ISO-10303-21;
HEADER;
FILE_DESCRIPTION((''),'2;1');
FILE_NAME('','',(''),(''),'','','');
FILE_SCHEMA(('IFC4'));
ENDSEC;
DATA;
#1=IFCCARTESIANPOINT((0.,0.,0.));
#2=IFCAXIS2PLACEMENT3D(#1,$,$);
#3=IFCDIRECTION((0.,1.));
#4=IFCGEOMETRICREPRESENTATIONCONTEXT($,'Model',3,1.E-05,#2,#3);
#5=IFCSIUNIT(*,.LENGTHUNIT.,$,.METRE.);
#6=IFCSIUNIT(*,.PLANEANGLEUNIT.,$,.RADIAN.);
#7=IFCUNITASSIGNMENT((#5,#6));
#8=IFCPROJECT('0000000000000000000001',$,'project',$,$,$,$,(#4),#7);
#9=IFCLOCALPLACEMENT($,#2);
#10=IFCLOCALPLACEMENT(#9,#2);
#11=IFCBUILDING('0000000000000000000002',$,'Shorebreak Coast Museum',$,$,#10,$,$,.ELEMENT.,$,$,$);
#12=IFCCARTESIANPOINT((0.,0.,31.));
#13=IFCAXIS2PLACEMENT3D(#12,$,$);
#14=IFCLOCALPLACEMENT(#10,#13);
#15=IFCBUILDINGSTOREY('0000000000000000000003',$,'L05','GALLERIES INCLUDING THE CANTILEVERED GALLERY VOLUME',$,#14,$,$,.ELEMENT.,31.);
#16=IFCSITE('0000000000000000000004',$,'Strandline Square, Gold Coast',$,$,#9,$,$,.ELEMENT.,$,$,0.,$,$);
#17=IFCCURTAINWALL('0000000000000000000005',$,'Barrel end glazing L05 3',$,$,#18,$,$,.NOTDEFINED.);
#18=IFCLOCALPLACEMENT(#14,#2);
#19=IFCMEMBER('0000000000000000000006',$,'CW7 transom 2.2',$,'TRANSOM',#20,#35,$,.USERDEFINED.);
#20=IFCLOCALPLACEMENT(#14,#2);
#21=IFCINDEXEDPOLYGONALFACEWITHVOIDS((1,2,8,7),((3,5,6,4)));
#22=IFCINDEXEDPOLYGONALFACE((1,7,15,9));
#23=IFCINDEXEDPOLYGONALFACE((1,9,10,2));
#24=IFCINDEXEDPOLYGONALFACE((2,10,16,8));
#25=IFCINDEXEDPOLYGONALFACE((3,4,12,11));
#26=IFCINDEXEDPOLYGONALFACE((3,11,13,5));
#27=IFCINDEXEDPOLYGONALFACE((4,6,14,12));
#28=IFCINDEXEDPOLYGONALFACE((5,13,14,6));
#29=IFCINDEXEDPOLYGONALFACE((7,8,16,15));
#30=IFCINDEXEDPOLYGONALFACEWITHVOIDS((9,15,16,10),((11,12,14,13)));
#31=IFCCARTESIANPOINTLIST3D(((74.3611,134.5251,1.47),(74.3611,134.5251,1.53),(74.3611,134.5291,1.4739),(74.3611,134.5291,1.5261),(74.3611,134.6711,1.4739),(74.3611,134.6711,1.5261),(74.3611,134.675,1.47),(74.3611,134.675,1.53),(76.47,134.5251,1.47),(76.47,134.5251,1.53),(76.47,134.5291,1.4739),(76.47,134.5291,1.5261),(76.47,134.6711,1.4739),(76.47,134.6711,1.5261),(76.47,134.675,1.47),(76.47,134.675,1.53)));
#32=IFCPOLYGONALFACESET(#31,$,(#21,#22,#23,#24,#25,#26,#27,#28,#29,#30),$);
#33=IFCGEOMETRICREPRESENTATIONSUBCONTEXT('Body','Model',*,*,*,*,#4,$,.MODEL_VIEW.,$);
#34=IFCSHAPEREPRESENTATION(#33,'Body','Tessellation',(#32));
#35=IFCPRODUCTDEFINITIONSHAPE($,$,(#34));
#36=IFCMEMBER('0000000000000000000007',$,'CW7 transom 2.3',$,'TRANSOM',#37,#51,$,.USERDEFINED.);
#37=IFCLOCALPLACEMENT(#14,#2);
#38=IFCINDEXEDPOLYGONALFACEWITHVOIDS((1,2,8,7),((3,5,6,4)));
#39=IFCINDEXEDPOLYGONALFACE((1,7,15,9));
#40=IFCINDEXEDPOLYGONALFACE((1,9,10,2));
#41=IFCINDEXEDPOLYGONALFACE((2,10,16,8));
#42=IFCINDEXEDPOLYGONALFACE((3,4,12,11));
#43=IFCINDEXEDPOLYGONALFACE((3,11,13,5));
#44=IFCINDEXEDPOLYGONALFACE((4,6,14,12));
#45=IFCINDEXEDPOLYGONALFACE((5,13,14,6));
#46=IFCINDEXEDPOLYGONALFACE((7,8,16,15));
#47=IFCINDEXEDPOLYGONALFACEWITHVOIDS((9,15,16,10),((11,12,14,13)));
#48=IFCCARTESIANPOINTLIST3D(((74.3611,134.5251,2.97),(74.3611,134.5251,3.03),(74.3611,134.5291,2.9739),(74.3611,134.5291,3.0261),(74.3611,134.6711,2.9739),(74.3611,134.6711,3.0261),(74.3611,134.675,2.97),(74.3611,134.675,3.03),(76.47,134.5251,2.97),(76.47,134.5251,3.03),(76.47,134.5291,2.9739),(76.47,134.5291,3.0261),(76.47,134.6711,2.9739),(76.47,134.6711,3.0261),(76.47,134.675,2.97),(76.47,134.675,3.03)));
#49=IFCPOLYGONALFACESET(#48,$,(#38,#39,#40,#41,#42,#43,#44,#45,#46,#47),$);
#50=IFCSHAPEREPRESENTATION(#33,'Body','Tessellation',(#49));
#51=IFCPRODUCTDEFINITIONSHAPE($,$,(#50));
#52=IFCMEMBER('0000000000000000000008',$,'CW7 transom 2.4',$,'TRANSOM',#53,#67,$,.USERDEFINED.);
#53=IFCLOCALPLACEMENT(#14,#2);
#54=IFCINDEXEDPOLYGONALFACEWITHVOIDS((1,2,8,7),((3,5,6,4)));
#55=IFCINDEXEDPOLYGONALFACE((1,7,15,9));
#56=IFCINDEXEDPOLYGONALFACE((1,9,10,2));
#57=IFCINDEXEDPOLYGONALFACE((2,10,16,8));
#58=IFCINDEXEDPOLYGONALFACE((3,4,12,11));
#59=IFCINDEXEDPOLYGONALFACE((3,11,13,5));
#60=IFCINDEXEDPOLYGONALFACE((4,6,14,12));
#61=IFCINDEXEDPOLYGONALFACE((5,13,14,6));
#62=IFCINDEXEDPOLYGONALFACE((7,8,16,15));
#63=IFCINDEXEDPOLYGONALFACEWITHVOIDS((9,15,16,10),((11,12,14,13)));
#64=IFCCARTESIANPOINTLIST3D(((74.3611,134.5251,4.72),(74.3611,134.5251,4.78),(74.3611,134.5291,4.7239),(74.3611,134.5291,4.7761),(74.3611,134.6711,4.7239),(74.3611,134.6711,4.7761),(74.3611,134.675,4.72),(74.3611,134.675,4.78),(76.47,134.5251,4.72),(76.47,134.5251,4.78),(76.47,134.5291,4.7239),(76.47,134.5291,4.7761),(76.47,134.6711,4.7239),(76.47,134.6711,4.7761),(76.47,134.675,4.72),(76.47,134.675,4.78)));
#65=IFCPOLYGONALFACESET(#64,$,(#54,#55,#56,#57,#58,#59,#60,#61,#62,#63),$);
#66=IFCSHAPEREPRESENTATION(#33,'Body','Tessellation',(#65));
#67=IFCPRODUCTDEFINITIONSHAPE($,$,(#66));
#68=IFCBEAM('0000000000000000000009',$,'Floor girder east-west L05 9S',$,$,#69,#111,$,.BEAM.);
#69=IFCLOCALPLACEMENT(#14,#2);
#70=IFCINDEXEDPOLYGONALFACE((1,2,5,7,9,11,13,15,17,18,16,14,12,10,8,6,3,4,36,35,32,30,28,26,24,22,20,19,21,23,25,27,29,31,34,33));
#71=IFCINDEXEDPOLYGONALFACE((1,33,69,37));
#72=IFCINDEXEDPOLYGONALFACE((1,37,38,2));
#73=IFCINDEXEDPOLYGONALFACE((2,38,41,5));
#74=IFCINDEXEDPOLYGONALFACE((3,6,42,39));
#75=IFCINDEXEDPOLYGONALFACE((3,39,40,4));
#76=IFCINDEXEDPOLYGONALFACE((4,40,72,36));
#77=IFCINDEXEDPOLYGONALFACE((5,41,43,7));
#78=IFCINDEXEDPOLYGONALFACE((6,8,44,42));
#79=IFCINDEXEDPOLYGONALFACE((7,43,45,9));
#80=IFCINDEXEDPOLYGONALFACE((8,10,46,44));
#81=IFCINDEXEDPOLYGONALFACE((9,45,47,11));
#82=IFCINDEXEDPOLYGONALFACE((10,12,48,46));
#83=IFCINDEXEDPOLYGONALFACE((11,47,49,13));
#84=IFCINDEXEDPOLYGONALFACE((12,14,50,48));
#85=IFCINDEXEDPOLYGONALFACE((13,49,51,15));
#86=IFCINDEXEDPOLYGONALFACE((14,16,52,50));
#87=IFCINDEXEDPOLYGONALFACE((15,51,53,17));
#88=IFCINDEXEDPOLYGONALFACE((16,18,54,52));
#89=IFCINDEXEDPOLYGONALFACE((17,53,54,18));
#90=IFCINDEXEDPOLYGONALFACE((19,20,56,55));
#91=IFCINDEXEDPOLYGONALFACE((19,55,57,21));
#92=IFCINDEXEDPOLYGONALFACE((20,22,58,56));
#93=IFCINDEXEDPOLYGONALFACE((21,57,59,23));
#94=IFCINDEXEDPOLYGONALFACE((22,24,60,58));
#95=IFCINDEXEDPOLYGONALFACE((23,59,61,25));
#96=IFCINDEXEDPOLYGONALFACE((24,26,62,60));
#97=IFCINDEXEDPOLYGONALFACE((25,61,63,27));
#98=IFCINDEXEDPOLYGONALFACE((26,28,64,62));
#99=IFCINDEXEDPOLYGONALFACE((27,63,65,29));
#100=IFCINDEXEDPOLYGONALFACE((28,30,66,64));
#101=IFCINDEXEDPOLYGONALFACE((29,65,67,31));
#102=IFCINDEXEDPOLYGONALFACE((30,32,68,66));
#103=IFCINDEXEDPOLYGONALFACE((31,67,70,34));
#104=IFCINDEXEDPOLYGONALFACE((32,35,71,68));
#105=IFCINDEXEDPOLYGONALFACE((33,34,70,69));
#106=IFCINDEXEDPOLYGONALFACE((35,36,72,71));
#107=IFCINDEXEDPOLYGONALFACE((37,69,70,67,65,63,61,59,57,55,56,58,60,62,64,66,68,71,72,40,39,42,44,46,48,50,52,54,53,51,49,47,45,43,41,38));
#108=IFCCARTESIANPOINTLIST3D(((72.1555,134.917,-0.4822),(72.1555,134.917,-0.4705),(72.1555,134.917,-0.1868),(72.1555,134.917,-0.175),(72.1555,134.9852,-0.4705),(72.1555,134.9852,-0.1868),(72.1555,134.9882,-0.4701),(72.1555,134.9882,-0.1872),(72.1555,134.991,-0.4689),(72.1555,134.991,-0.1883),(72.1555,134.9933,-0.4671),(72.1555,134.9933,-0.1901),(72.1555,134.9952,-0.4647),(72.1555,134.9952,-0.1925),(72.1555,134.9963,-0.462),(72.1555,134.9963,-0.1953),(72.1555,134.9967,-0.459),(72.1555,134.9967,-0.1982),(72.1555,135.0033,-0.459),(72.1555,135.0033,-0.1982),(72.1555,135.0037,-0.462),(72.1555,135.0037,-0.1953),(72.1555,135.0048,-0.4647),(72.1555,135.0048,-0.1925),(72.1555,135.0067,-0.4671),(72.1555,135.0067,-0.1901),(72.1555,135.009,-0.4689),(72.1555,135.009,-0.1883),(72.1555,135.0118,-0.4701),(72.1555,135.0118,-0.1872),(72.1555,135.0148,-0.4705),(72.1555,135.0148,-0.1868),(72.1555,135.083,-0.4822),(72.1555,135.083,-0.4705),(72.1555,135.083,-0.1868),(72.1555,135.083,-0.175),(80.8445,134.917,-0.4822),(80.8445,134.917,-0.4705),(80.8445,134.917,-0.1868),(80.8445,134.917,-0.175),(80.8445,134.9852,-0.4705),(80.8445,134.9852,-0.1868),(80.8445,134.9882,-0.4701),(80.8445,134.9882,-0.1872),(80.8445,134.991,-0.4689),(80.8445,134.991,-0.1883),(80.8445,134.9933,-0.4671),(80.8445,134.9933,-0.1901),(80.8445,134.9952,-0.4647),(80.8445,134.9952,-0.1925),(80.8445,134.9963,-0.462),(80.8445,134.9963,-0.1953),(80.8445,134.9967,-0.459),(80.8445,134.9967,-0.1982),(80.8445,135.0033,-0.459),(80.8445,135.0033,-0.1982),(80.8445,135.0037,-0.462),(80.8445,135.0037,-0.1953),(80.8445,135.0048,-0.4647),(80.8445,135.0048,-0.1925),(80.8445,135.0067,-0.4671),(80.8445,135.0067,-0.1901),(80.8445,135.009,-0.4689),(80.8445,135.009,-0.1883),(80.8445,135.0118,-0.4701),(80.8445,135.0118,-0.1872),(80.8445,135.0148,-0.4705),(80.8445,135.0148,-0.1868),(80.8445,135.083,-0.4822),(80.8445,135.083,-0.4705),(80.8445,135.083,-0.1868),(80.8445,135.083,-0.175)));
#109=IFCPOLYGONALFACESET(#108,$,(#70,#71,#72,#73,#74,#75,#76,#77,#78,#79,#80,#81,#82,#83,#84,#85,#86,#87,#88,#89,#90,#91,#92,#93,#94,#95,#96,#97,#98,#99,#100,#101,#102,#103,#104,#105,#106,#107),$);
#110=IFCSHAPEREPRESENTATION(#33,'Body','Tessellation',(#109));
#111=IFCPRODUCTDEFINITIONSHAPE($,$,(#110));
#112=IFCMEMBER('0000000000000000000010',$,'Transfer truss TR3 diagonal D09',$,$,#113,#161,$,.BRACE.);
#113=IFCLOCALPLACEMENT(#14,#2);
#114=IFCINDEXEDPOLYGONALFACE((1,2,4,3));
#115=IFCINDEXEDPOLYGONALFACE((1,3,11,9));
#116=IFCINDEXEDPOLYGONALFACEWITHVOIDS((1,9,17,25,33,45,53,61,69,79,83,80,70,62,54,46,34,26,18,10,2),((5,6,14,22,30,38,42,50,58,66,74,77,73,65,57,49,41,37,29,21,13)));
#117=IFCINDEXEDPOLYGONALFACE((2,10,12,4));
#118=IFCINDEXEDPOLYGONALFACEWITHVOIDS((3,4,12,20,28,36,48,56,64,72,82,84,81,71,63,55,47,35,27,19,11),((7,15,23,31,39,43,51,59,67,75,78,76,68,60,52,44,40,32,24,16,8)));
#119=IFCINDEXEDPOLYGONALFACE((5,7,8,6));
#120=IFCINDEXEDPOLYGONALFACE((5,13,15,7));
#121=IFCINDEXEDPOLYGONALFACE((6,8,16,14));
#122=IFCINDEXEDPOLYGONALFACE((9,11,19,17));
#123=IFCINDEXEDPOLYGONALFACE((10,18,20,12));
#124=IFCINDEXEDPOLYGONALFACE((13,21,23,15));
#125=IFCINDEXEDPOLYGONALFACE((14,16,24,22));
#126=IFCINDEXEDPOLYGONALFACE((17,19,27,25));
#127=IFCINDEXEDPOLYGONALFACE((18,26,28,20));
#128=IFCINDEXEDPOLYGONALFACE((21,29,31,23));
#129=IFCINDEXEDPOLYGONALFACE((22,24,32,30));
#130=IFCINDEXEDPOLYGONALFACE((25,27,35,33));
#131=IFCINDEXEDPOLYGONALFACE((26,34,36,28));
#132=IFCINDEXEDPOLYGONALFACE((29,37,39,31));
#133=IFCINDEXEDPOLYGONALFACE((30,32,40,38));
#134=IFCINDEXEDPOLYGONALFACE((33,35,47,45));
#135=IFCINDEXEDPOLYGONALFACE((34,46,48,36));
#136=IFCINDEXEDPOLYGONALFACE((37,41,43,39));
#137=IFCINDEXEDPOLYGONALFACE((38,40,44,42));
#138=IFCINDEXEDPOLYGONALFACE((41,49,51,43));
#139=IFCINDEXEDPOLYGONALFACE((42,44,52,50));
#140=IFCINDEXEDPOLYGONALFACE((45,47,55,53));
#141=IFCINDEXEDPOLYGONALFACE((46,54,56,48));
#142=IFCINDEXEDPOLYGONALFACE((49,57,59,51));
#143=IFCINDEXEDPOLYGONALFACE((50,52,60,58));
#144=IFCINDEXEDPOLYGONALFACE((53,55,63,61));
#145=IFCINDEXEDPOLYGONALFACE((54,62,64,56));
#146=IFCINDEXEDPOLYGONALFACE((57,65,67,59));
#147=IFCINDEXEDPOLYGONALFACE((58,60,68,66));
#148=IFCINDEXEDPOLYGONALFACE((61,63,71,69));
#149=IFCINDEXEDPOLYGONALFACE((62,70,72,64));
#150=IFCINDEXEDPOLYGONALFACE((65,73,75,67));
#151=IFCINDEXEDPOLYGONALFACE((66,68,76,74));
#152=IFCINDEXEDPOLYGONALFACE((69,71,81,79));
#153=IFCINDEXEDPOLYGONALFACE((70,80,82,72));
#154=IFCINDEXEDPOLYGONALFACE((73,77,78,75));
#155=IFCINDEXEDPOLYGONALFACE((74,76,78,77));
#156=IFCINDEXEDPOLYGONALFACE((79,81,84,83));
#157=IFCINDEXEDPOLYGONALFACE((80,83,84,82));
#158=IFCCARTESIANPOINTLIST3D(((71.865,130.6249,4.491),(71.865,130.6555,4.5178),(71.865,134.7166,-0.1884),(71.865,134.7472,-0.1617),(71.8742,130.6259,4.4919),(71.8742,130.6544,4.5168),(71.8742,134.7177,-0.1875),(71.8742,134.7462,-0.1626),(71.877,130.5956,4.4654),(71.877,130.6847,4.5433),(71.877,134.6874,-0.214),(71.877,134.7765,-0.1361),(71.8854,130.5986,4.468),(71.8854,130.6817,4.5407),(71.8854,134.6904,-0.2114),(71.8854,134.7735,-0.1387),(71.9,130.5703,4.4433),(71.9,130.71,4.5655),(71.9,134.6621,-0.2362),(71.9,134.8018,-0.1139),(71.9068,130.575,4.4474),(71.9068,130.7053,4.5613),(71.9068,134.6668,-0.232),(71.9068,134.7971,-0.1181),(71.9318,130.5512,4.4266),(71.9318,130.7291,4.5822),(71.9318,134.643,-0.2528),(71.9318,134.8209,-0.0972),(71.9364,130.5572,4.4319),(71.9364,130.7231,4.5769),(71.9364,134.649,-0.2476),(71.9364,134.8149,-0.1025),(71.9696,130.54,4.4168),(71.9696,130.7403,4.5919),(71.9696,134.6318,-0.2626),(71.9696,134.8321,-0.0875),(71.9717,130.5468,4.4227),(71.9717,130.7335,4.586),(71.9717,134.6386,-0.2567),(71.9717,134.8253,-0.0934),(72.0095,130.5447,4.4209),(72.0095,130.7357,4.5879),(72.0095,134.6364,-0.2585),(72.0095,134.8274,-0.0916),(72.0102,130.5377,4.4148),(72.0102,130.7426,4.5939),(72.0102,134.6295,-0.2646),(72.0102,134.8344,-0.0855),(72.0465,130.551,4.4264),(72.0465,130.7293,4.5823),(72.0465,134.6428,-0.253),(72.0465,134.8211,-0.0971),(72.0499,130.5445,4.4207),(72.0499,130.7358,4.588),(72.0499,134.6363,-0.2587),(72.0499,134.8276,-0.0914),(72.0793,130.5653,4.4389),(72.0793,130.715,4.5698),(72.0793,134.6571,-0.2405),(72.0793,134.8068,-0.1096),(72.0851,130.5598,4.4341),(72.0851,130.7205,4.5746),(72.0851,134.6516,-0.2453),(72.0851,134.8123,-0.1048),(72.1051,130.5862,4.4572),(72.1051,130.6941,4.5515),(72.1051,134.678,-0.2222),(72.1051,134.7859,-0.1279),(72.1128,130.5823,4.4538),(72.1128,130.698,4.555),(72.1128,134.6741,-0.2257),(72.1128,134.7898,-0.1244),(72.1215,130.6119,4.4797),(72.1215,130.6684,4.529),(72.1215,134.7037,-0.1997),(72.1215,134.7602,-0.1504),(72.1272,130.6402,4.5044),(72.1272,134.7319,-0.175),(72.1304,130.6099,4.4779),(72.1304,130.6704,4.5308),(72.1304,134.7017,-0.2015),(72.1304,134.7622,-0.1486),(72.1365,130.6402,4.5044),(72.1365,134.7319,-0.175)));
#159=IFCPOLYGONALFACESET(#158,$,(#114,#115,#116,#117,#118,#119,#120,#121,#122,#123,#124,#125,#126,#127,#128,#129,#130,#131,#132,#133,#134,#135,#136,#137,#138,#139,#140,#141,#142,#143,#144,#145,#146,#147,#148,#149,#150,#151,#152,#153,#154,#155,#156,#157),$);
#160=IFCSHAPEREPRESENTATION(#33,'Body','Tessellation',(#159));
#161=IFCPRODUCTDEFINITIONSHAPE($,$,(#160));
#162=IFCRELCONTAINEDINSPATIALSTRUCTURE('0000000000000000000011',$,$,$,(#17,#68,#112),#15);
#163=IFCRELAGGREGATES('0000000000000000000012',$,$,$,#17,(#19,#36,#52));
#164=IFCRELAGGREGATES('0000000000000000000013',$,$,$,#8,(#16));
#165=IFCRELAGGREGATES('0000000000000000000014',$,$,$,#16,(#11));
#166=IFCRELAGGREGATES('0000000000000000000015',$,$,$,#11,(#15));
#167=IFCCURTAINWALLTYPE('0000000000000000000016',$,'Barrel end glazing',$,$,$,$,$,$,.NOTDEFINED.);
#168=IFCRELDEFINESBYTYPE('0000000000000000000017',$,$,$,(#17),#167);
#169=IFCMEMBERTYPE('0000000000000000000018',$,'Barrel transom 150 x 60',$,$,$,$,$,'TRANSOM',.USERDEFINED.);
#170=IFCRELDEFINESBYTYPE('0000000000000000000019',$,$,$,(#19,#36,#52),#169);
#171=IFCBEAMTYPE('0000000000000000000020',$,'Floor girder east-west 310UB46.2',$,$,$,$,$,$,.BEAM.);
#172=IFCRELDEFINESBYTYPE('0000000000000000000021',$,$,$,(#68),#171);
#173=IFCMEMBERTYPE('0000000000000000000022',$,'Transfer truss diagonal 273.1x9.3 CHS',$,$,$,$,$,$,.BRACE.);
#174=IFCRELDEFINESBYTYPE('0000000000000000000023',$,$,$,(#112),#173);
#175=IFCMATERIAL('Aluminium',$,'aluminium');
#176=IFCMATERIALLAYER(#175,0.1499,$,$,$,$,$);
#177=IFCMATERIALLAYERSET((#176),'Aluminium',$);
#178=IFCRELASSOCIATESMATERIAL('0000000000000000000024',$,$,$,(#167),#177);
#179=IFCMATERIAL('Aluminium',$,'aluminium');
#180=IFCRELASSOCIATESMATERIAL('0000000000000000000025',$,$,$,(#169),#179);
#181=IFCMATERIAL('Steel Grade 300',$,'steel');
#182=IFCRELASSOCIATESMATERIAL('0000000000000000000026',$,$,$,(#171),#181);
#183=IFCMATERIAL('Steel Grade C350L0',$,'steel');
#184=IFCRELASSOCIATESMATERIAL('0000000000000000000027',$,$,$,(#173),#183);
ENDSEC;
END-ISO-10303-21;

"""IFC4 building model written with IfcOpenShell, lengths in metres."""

from ifc_helpers import new_model, si_unit, direction, frame, origin, origin_2d, place, context, subcontext, project, spatial, hollow_rectangle, hollow_circle, i_section, extrude, material, layer, layer_set, material_profile, profile_set, type_object, element, aggregate, save


model = new_model("IFC4")

# Units and contexts
model_context = context("Model", 3, precision=1e-05, world=origin(), true_north=direction((0.0, 1.0)))
body_context = subcontext(model_context, "Body", "Model", "MODEL_VIEW")
ifc_project = project(units=[si_unit("LENGTHUNIT", "METRE"), si_unit("PLANEANGLEUNIT", "RADIAN")], contexts=[model_context])

# Site, building, storey
site_placement = place(None, origin())
site = spatial("IfcSite", under=ifc_project, at=site_placement, Name="Strandline Square, Gold Coast", CompositionType="ELEMENT", RefElevation=0.0)
building_placement = place(site_placement, origin())
building = spatial("IfcBuilding", under=site, at=building_placement, Name="Shorebreak Coast Museum", CompositionType="ELEMENT")
storey_placement = place(building_placement, frame((0.0, 0.0, 31.0)))
storey = spatial("IfcBuildingStorey", under=building, at=storey_placement, Name="L05", Description="GALLERIES INCLUDING THE CANTILEVERED GALLERY VOLUME", CompositionType="ELEMENT", Elevation=31.0)

# Shared definitions
ifc_material_1 = material(Name="Aluminium", Category="aluminium")
ifc_layer_1 = layer(ifc_material_1, 0.1499)
ifc_layer_set_1 = layer_set([ifc_layer_1], Name="Aluminium")
curtain_wall_type = type_object("IfcCurtainWallType", Name="Barrel end glazing", PredefinedType="NOTDEFINED", material=ifc_layer_set_1)

# Curtain wall
curtain_wall_1_placement = place(storey_placement, origin())
curtain_wall_1 = element("IfcCurtainWall", 1, at=curtain_wall_1_placement, inside=storey, type_object=curtain_wall_type, Name="Barrel end glazing L05 3", PredefinedType="NOTDEFINED")

# Members
ifc_material_2 = material(Name="Aluminium", Category="aluminium")
ifc_material_profile_1 = material_profile(ifc_material_2, hollow_rectangle(XDim=0.1499, YDim=0.0601, WallThickness=0.0039, at=origin_2d()), Name="AL 60x150 RHS")
ifc_profile_set_1 = profile_set([ifc_material_profile_1], Name="Aluminium")
member_type_1 = type_object("IfcMemberType", Name="Barrel transom 150 x 60", ElementType="TRANSOM", PredefinedType="USERDEFINED", material=ifc_profile_set_1)
member_1_placement = place(storey_placement, frame((74.3611, 134.6001, 1.5), z_axis=(1.0, 0.0, 0.0), x_axis=(0.0, 1.0, 0.0)))
member_1 = element("IfcMember", 2, at=member_1_placement, type_object=member_type_1, Name="CW7 transom 2.2", ObjectType="TRANSOM", PredefinedType="USERDEFINED", context=body_context, shape_type="SweptSolid", body=[
    extrude(hollow_rectangle(XDim=0.1499, YDim=0.0601, WallThickness=0.0039, at=origin_2d()), origin(), (0.0, 0.0, 1.0), 2.1089),
])
member_2_placement = place(storey_placement, frame((74.3611, 134.6001, 3.0), z_axis=(1.0, 0.0, 0.0), x_axis=(0.0, 1.0, 0.0)))
member_2 = element("IfcMember", 3, at=member_2_placement, type_object=member_type_1, Name="CW7 transom 2.3", ObjectType="TRANSOM", PredefinedType="USERDEFINED", context=body_context, shape_type="SweptSolid", body=[
    extrude(hollow_rectangle(XDim=0.1499, YDim=0.0601, WallThickness=0.0039, at=origin_2d()), origin(), (0.0, 0.0, 1.0), 2.1089),
])
member_3_placement = place(storey_placement, frame((74.3611, 134.6001, 4.75), z_axis=(1.0, 0.0, 0.0), x_axis=(0.0, 1.0, 0.0)))
member_3 = element("IfcMember", 4, at=member_3_placement, type_object=member_type_1, Name="CW7 transom 2.4", ObjectType="TRANSOM", PredefinedType="USERDEFINED", context=body_context, shape_type="SweptSolid", body=[
    extrude(hollow_rectangle(XDim=0.1499, YDim=0.0601, WallThickness=0.0039, at=origin_2d()), origin(), (0.0, 0.0, 1.0), 2.1089),
])

# Beam
ifc_material_3 = material(Name="Steel Grade 300", Category="steel")
ifc_material_profile_2 = material_profile(ifc_material_3, i_section(OverallWidth=0.166, OverallDepth=0.3071, WebThickness=0.0066, FlangeThickness=0.0117, FilletRadius=0.0115, at=origin_2d()), Name="310UB46.2")
ifc_profile_set_2 = profile_set([ifc_material_profile_2], Name="Steel Grade 300")
beam_type = type_object("IfcBeamType", Name="Floor girder east-west 310UB46.2", PredefinedType="BEAM", material=ifc_profile_set_2)
beam_placement = place(storey_placement, frame((72.1555, 135.0, -0.3286), z_axis=(1.0, 0.0, 0.0), x_axis=(0.0, 1.0, 0.0)))
element("IfcBeam", 5, at=beam_placement, inside=storey, type_object=beam_type, Name="Floor girder east-west L05 9S", PredefinedType="BEAM", context=body_context, shape_type="SweptSolid", body=[
    extrude(i_section(OverallWidth=0.166, OverallDepth=0.3071, WebThickness=0.0066, FlangeThickness=0.0117, FilletRadius=0.0115, at=origin_2d()), origin(), (0.0, 0.0, 1.0), 8.689),
])

# Member
ifc_material_4 = material(Name="Steel Grade C350L0", Category="steel")
ifc_material_profile_3 = material_profile(ifc_material_4, hollow_circle(Radius=0.1365, WallThickness=0.0093, at=origin_2d()), Name="273.1x9.3 CHS")
ifc_profile_set_3 = profile_set([ifc_material_profile_3], Name="Steel Grade C350L0")
member_type_2 = type_object("IfcMemberType", Name="Transfer truss diagonal 273.1x9.3 CHS", PredefinedType="BRACE", material=ifc_profile_set_3)
member_4_placement = place(storey_placement, frame((72.0, 134.7319, -0.175), z_axis=(0.0, -0.658257, 0.752793), x_axis=(1.0, 0.0, 0.0)))
element("IfcMember", 6, at=member_4_placement, inside=storey, type_object=member_type_2, Name="Transfer truss TR3 diagonal D09", PredefinedType="BRACE", context=body_context, shape_type="SweptSolid", body=[
    extrude(hollow_circle(Radius=0.1365, WallThickness=0.0093, at=origin_2d()), origin(), (0.0, 0.0, 1.0), 6.2161),
])

aggregate(curtain_wall_1, [member_1, member_2, member_3])

save(model, "model.ifc")
